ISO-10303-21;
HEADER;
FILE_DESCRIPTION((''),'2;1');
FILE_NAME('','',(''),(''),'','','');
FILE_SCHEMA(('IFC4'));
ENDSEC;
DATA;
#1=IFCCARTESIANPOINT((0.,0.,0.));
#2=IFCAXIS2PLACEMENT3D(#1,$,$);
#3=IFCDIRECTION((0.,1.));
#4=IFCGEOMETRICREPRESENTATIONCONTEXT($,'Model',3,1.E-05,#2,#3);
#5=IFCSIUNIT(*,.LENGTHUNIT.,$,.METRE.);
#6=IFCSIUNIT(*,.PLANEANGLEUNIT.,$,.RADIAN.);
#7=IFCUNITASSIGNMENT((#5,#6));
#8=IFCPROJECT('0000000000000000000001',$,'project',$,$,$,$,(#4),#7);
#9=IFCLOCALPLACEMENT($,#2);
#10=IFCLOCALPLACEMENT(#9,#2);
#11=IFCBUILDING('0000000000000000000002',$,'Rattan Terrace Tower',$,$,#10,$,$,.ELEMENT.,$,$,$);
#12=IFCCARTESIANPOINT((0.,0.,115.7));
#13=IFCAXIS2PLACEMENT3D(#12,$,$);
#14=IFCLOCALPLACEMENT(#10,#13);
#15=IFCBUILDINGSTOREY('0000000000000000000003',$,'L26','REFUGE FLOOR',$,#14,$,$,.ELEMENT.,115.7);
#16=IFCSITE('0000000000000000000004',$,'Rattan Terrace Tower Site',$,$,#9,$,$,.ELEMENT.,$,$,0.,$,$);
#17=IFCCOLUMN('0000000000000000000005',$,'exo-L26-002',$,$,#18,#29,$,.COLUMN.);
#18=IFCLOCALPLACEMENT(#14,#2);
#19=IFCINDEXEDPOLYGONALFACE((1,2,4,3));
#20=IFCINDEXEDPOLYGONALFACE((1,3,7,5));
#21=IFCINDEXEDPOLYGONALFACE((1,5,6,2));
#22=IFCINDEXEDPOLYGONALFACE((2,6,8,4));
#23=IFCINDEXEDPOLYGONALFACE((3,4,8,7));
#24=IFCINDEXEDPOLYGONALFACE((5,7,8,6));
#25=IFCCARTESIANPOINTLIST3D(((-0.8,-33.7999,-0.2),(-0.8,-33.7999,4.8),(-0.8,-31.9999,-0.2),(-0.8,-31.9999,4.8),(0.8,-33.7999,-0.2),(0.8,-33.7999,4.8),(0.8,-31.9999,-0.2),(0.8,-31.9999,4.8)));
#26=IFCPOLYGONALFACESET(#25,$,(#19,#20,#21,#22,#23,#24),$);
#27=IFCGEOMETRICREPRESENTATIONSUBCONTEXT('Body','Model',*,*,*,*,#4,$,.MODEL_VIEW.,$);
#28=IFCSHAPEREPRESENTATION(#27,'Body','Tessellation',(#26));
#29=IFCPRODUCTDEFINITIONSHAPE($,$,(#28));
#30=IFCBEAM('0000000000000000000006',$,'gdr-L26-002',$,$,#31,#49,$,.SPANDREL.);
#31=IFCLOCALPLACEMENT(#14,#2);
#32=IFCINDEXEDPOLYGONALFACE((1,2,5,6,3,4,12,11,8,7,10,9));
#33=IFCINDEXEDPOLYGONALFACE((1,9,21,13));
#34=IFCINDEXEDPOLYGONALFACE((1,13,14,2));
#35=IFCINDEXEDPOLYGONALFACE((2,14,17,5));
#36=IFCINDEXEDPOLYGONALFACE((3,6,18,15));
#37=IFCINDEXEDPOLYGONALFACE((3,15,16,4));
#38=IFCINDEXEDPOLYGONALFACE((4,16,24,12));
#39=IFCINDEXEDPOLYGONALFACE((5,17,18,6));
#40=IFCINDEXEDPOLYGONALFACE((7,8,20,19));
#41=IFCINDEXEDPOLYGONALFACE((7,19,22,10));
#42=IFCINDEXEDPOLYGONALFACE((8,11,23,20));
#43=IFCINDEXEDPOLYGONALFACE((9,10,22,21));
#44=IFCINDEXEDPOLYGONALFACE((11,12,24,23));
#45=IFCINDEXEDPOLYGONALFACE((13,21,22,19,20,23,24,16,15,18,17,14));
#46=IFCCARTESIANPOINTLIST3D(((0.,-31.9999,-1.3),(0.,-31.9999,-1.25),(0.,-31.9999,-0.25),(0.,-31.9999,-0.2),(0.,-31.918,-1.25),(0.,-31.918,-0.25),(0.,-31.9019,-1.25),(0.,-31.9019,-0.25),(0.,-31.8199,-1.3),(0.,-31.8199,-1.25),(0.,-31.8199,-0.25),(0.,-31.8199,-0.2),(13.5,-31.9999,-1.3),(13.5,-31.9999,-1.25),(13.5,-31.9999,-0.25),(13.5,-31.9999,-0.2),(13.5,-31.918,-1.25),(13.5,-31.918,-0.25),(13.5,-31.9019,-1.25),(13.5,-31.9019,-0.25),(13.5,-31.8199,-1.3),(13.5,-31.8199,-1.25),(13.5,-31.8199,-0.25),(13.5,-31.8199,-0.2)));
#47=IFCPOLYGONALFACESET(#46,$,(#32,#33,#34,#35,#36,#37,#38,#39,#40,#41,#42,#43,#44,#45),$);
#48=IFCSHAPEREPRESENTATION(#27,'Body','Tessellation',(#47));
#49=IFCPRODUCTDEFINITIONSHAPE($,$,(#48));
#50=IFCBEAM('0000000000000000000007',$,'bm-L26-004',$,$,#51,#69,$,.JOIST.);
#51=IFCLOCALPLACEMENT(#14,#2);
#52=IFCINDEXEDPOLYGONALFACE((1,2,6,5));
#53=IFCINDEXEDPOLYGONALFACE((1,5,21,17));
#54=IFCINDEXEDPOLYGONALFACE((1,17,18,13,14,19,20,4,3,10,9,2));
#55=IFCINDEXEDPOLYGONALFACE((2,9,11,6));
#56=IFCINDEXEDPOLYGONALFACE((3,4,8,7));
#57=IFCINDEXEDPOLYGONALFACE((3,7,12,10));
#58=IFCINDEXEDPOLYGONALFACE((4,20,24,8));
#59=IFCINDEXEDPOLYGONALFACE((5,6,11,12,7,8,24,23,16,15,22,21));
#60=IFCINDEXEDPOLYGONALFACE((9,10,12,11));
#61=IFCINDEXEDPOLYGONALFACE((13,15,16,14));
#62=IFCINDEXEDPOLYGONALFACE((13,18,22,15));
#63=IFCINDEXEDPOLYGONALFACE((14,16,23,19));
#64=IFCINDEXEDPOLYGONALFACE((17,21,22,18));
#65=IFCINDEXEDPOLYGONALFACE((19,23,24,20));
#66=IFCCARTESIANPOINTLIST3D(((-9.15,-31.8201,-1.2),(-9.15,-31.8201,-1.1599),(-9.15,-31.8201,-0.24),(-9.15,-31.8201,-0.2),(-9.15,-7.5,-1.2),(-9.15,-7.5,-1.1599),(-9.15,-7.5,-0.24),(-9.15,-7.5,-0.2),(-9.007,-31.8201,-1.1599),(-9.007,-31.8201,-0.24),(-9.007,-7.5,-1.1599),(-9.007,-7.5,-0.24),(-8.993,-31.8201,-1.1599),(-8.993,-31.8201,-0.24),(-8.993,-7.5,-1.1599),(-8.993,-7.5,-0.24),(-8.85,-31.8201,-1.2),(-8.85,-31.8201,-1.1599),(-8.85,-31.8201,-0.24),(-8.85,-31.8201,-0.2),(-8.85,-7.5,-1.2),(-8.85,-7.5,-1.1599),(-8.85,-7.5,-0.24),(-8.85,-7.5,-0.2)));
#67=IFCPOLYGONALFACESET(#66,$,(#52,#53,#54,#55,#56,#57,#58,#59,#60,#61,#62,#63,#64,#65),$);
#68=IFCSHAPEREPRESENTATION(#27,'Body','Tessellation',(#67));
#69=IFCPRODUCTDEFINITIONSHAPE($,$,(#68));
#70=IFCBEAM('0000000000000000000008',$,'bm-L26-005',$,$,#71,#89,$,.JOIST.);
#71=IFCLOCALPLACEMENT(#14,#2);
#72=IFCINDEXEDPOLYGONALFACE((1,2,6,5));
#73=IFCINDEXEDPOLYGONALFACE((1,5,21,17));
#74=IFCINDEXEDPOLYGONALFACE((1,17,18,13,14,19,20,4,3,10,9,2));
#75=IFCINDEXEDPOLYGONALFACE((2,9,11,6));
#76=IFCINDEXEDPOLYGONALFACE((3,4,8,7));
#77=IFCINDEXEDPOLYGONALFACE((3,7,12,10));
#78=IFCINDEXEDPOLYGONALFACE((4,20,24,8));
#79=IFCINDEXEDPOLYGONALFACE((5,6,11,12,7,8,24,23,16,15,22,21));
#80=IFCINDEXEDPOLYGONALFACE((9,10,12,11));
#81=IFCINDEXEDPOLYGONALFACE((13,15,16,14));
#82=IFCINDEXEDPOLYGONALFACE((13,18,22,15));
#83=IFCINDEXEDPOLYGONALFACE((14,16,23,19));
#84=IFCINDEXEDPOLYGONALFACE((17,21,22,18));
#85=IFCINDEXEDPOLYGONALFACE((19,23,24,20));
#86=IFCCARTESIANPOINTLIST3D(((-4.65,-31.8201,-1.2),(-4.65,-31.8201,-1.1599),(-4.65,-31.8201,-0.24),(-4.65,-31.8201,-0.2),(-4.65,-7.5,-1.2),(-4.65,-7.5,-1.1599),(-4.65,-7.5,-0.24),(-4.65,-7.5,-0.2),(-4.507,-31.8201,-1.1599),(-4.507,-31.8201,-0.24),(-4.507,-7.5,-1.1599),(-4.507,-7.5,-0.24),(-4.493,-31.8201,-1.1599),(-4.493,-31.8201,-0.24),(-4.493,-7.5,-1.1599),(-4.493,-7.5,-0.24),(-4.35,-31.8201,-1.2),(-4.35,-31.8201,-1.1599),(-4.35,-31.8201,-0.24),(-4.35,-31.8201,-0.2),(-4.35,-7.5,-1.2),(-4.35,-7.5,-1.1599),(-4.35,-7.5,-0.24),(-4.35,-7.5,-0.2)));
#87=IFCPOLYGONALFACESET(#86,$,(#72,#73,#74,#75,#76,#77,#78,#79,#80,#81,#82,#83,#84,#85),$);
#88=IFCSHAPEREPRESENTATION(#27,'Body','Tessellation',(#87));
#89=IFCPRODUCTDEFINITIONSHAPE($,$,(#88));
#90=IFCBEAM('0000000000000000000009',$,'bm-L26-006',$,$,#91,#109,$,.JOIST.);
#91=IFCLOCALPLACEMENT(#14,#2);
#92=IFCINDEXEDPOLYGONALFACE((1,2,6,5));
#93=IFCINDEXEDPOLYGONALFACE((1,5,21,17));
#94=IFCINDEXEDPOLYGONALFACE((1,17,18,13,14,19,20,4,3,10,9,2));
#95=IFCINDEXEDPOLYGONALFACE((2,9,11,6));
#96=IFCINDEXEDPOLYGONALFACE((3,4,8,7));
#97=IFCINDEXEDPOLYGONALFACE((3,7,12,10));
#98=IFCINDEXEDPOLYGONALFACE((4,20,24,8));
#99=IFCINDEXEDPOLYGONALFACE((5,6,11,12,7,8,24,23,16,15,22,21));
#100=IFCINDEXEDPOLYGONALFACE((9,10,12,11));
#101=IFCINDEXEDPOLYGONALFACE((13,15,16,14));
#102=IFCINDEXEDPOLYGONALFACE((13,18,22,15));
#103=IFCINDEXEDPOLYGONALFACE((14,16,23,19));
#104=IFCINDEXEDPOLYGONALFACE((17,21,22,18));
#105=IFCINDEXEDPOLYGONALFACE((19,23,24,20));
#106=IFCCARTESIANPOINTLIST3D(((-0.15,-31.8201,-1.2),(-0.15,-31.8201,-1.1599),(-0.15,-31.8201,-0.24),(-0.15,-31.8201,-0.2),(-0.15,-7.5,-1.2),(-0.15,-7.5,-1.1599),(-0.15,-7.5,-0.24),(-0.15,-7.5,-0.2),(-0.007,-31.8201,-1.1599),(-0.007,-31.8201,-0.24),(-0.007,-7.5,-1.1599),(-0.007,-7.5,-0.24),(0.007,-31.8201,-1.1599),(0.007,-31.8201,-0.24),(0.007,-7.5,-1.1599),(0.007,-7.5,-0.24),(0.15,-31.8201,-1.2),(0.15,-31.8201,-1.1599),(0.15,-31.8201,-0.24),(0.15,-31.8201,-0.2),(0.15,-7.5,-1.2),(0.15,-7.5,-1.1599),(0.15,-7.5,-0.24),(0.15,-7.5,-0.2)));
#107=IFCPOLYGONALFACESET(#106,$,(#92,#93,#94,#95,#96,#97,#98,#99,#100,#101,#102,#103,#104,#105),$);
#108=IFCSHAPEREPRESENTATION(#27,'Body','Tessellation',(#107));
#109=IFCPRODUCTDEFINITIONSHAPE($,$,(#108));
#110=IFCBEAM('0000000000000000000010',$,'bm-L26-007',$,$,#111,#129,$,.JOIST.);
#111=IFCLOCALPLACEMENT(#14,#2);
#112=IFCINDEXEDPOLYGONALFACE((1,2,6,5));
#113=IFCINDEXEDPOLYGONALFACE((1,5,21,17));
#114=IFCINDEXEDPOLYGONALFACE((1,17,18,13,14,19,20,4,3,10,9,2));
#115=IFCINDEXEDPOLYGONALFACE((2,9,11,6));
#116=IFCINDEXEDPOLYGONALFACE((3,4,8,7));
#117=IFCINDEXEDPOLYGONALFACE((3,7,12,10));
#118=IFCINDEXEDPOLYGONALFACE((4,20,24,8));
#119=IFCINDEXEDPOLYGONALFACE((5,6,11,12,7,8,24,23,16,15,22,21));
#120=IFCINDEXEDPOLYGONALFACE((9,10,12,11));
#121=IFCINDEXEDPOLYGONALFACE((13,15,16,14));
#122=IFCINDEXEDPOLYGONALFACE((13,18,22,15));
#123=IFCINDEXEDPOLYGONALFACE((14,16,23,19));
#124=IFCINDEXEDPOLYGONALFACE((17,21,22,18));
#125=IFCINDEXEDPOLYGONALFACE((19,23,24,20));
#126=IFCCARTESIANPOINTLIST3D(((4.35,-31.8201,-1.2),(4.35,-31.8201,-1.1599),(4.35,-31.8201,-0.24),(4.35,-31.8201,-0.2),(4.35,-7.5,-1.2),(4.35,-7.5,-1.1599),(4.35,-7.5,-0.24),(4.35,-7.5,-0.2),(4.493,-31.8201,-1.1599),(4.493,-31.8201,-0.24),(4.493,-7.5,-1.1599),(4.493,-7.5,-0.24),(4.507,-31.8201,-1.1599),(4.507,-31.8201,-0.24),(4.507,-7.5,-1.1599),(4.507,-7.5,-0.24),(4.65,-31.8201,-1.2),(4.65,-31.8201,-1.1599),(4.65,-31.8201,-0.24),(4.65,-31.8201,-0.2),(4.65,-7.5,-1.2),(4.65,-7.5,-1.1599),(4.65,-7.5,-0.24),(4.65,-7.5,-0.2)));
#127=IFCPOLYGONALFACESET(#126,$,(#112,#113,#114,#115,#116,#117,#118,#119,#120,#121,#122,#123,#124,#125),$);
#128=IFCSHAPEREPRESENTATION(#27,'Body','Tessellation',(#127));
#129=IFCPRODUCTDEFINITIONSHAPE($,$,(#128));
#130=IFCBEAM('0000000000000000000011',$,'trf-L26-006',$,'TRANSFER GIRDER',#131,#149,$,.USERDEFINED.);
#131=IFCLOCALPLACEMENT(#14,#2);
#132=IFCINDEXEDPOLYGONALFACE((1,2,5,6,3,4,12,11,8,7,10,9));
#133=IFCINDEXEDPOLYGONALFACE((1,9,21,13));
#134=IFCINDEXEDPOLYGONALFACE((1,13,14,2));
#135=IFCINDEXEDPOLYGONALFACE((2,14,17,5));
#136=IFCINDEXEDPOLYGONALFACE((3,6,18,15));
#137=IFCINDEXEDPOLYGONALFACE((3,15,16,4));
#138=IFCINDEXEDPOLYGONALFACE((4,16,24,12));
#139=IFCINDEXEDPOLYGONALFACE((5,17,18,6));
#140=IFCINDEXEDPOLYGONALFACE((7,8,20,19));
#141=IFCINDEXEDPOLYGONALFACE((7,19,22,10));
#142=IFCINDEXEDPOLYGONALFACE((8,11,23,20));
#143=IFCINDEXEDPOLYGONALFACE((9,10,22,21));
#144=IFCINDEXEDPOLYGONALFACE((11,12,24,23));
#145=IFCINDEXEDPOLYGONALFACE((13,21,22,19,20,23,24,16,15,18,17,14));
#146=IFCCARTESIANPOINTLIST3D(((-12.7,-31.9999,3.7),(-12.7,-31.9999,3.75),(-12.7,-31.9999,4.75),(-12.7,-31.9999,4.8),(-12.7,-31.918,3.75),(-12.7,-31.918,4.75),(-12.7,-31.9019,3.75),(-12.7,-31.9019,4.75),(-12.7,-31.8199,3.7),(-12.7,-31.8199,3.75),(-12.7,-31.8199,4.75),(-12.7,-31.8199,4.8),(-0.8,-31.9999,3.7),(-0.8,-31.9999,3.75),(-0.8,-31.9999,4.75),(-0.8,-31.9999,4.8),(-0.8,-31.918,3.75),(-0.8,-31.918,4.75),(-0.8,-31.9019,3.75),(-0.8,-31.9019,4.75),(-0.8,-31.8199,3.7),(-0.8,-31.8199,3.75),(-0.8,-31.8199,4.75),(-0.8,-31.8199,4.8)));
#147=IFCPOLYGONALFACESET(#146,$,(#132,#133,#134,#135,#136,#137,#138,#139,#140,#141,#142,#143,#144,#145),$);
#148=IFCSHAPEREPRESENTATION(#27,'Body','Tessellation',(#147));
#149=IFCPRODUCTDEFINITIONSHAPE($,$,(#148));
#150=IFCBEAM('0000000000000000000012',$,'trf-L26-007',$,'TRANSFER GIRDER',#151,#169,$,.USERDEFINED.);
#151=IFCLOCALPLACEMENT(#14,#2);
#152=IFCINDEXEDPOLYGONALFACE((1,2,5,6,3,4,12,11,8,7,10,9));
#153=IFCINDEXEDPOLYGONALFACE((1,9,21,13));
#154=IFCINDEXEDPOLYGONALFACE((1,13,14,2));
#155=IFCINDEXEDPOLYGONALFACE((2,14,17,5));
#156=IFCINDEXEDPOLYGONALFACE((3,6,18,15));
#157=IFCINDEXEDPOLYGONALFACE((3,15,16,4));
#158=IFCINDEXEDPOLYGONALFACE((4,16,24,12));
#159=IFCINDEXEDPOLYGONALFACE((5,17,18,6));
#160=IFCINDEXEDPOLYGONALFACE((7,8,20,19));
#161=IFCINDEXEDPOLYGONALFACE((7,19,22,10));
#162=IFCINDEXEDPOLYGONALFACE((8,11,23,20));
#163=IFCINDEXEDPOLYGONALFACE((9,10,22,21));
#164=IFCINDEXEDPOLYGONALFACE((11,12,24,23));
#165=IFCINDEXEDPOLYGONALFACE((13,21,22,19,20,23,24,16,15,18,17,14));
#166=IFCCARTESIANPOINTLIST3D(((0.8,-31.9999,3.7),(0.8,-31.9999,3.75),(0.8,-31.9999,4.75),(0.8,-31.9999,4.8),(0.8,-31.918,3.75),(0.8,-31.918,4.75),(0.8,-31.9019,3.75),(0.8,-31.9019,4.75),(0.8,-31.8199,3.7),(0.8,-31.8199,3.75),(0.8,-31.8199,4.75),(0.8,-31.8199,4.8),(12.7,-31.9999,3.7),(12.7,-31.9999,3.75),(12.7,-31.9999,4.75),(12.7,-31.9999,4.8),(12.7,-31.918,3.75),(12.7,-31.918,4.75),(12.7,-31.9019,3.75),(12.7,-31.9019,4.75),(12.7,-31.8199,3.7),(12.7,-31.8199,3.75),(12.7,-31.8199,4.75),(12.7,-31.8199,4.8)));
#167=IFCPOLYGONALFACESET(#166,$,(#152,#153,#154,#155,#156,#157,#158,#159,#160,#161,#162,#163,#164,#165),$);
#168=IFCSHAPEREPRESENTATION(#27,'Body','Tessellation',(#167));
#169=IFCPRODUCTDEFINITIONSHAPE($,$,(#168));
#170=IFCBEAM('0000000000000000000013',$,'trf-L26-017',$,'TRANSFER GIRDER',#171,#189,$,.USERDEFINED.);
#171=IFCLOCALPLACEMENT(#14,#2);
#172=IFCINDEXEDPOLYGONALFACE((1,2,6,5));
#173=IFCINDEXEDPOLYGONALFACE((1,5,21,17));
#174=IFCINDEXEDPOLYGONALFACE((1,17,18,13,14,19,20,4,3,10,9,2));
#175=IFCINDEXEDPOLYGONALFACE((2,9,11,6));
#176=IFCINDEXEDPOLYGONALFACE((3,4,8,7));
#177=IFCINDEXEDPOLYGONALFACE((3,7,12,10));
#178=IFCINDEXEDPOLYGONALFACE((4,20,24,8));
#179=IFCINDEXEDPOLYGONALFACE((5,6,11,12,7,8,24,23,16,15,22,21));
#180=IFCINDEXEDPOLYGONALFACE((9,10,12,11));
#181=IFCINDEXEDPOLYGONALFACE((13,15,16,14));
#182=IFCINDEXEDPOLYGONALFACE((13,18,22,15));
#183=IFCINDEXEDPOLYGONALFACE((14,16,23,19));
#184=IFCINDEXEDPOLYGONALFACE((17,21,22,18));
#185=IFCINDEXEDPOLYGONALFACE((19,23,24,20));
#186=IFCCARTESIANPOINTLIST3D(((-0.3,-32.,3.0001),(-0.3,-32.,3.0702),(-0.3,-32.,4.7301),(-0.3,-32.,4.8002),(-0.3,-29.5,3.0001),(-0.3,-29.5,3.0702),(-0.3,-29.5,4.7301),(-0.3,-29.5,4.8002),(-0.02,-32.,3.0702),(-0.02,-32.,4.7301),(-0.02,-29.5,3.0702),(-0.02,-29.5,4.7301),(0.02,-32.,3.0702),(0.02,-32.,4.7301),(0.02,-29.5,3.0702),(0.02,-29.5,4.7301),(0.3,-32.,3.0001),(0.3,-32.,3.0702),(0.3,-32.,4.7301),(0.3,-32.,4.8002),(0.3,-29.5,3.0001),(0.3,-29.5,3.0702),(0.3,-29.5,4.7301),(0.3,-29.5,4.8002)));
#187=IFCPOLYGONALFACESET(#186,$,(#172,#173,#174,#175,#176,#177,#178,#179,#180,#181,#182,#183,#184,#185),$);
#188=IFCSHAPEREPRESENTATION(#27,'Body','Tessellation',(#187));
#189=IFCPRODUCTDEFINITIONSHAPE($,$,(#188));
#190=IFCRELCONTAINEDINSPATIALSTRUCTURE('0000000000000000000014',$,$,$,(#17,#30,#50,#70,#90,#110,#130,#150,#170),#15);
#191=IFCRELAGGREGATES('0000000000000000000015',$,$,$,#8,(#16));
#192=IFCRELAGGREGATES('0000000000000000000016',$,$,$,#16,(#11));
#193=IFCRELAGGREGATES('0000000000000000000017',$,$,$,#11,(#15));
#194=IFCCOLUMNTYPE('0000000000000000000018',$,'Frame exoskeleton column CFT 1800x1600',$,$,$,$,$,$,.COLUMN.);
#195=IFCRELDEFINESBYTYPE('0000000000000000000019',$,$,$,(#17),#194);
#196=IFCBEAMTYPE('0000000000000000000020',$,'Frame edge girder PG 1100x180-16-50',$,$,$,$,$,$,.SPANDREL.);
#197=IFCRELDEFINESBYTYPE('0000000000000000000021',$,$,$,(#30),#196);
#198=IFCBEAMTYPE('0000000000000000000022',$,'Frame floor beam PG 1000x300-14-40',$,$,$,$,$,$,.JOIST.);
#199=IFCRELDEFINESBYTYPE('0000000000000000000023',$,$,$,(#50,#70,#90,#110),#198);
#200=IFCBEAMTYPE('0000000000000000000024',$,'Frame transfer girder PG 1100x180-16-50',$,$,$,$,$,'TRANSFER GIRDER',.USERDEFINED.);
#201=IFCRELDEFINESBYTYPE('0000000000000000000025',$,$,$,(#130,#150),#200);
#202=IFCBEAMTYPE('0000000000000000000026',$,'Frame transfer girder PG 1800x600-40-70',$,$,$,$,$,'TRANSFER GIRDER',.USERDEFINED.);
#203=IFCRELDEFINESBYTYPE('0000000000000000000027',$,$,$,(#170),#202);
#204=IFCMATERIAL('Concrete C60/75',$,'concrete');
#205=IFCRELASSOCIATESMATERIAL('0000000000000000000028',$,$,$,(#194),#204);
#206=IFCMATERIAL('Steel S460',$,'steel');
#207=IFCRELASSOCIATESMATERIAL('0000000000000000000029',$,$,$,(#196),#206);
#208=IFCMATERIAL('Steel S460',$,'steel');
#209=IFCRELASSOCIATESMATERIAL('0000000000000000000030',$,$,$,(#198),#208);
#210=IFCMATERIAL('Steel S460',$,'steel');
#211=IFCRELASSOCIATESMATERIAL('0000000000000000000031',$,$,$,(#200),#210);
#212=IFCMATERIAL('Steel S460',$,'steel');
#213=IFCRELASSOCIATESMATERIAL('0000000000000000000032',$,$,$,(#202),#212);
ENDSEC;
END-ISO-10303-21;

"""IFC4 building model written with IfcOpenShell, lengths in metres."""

from ifc_helpers import new_model, si_unit, direction, frame, origin, origin_2d, place, context, subcontext, project, spatial, rectangle, i_section, extrude, material, material_profile, profile_set, type_object, element, save


model = new_model("IFC4")

# Units and contexts
model_context = context("Model", 3, precision=1e-05, world=origin(), true_north=direction((0.0, 1.0)))
body_context = subcontext(model_context, "Body", "Model", "MODEL_VIEW")
ifc_project = project(units=[si_unit("LENGTHUNIT", "METRE"), si_unit("PLANEANGLEUNIT", "RADIAN")], contexts=[model_context])

# Site, building, storey
site_placement = place(None, origin())
site = spatial("IfcSite", under=ifc_project, at=site_placement, Name="Rattan Terrace Tower Site", CompositionType="ELEMENT", RefElevation=0.0)
building_placement = place(site_placement, origin())
building = spatial("IfcBuilding", under=site, at=building_placement, Name="Rattan Terrace Tower", CompositionType="ELEMENT")
storey_placement = place(building_placement, frame((0.0, 0.0, 115.7)))
storey = spatial("IfcBuildingStorey", under=building, at=storey_placement, Name="L26", Description="REFUGE FLOOR", CompositionType="ELEMENT", Elevation=115.7)

# Column
ifc_material_1 = material(Name="Concrete C60/75", Category="concrete")
ifc_material_profile_1 = material_profile(ifc_material_1, rectangle(XDim=1.6001, YDim=1.8, at=origin_2d()), Name="CFT 1800x1600")
ifc_profile_set_1 = profile_set([ifc_material_profile_1], Name="Concrete C60/75")
column_type = type_object("IfcColumnType", Name="Frame exoskeleton column CFT 1800x1600", PredefinedType="COLUMN", material=ifc_profile_set_1)
column_placement = place(storey_placement, frame((0.0, -32.8999, -0.2), z_axis=(0.0, 0.0, 1.0), x_axis=(1.0, 0.0, 0.0)))
element("IfcColumn", 1, at=column_placement, inside=storey, type_object=column_type, Name="exo-L26-002", PredefinedType="COLUMN", context=body_context, shape_type="SweptSolid", body=[
    extrude(rectangle(XDim=1.6001, YDim=1.8, at=origin_2d()), origin(), (0.0, 0.0, 1.0), 5.0),
])

# Beams
ifc_material_2 = material(Name="Steel S460", Category="steel")
ifc_material_profile_2 = material_profile(ifc_material_2, i_section(OverallWidth=0.1799, OverallDepth=1.1001, WebThickness=0.0161, FlangeThickness=0.05, at=origin_2d()), Name="PG 1100x180-16-50")
ifc_profile_set_2 = profile_set([ifc_material_profile_2], Name="Steel S460")
beam_type_1 = type_object("IfcBeamType", Name="Frame edge girder PG 1100x180-16-50", PredefinedType="SPANDREL", material=ifc_profile_set_2)
beam_1_placement = place(storey_placement, frame((0.0, -31.9099, -0.75), z_axis=(1.0, 0.0, 0.0), x_axis=(0.0, 1.0, 0.0)))
element("IfcBeam", 2, at=beam_1_placement, inside=storey, type_object=beam_type_1, Name="gdr-L26-002", PredefinedType="SPANDREL", context=body_context, shape_type="SweptSolid", body=[
    extrude(i_section(OverallWidth=0.1799, OverallDepth=1.1001, WebThickness=0.0161, FlangeThickness=0.05, at=origin_2d()), origin(), (0.0, 0.0, 1.0), 13.5),
])
ifc_material_3 = material(Name="Steel S460", Category="steel")
ifc_material_profile_3 = material_profile(ifc_material_3, i_section(OverallWidth=0.3, OverallDepth=1.0, WebThickness=0.0139, FlangeThickness=0.04, at=origin_2d()), Name="PG 1000x300-14-40")
ifc_profile_set_3 = profile_set([ifc_material_profile_3], Name="Steel S460")
beam_type_2 = type_object("IfcBeamType", Name="Frame floor beam PG 1000x300-14-40", PredefinedType="JOIST", material=ifc_profile_set_3)
for number, where, z_axis, x_axis, name in (
    (3, (-9.0, -31.8201, -0.7), (0.0, 1.0, 0.0), (-1.0, 0.0, 0.0), "bm-L26-004"),
    (4, (-4.5, -31.8201, -0.7), (0.0, 1.0, 0.0), (-1.0, 0.0, 0.0), "bm-L26-005"),
    (5, (0.0, -31.8201, -0.7), (0.0, 1.0, 0.0), (-1.0, 0.0, 0.0), "bm-L26-006"),
    (6, (4.5, -31.8201, -0.7), (0.0, 1.0, 0.0), (-1.0, 0.0, 0.0), "bm-L26-007"),
):
    element("IfcBeam", number, at=place(storey_placement, frame(where, z_axis=z_axis, x_axis=x_axis)), inside=storey, type_object=beam_type_2, Name=name, PredefinedType="JOIST", context=body_context, shape_type="SweptSolid", body=[
        extrude(i_section(OverallWidth=0.3, OverallDepth=1.0, WebThickness=0.0139, FlangeThickness=0.04, at=origin_2d()), origin(), (0.0, 0.0, 1.0), 24.3201),
    ])
ifc_material_4 = material(Name="Steel S460", Category="steel")
ifc_material_profile_4 = material_profile(ifc_material_4, i_section(OverallWidth=0.1799, OverallDepth=1.1001, WebThickness=0.0161, FlangeThickness=0.05, at=origin_2d()), Name="PG 1100x180-16-50")
ifc_profile_set_4 = profile_set([ifc_material_profile_4], Name="Steel S460")
beam_type_3 = type_object("IfcBeamType", Name="Frame transfer girder PG 1100x180-16-50", ElementType="TRANSFER GIRDER", PredefinedType="USERDEFINED", material=ifc_profile_set_4)
for number, where, z_axis, x_axis, name in (
    (7, (-12.7, -31.9099, 4.25), (1.0, 0.0, 0.0), (0.0, 1.0, 0.0), "trf-L26-006"),
    (8, (0.8, -31.9099, 4.25), (1.0, 0.0, 0.0), (0.0, 1.0, 0.0), "trf-L26-007"),
):
    element("IfcBeam", number, at=place(storey_placement, frame(where, z_axis=z_axis, x_axis=x_axis)), inside=storey, type_object=beam_type_3, Name=name, ObjectType="TRANSFER GIRDER", PredefinedType="USERDEFINED", context=body_context, shape_type="SweptSolid", body=[
        extrude(i_section(OverallWidth=0.1799, OverallDepth=1.1001, WebThickness=0.0161, FlangeThickness=0.05, at=origin_2d()), origin(), (0.0, 0.0, 1.0), 11.8999),
    ])
ifc_material_5 = material(Name="Steel S460", Category="steel")
ifc_material_profile_5 = material_profile(ifc_material_5, i_section(OverallWidth=0.6001, OverallDepth=1.8, WebThickness=0.04, FlangeThickness=0.0701, at=origin_2d()), Name="PG 1800x600-40-70")
ifc_profile_set_5 = profile_set([ifc_material_profile_5], Name="Steel S460")
beam_type_4 = type_object("IfcBeamType", Name="Frame transfer girder PG 1800x600-40-70", ElementType="TRANSFER GIRDER", PredefinedType="USERDEFINED", material=ifc_profile_set_5)
beam_2_placement = place(storey_placement, frame((0.0, -32.0, 3.9001), z_axis=(0.0, 1.0, 0.0), x_axis=(-1.0, 0.0, 0.0)))
element("IfcBeam", 9, at=beam_2_placement, inside=storey, type_object=beam_type_4, Name="trf-L26-017", ObjectType="TRANSFER GIRDER", PredefinedType="USERDEFINED", context=body_context, shape_type="SweptSolid", body=[
    extrude(i_section(OverallWidth=0.6001, OverallDepth=1.8, WebThickness=0.04, FlangeThickness=0.0701, at=origin_2d()), origin(), (0.0, 0.0, 1.0), 2.5),
])

save(model, "model.ifc")
